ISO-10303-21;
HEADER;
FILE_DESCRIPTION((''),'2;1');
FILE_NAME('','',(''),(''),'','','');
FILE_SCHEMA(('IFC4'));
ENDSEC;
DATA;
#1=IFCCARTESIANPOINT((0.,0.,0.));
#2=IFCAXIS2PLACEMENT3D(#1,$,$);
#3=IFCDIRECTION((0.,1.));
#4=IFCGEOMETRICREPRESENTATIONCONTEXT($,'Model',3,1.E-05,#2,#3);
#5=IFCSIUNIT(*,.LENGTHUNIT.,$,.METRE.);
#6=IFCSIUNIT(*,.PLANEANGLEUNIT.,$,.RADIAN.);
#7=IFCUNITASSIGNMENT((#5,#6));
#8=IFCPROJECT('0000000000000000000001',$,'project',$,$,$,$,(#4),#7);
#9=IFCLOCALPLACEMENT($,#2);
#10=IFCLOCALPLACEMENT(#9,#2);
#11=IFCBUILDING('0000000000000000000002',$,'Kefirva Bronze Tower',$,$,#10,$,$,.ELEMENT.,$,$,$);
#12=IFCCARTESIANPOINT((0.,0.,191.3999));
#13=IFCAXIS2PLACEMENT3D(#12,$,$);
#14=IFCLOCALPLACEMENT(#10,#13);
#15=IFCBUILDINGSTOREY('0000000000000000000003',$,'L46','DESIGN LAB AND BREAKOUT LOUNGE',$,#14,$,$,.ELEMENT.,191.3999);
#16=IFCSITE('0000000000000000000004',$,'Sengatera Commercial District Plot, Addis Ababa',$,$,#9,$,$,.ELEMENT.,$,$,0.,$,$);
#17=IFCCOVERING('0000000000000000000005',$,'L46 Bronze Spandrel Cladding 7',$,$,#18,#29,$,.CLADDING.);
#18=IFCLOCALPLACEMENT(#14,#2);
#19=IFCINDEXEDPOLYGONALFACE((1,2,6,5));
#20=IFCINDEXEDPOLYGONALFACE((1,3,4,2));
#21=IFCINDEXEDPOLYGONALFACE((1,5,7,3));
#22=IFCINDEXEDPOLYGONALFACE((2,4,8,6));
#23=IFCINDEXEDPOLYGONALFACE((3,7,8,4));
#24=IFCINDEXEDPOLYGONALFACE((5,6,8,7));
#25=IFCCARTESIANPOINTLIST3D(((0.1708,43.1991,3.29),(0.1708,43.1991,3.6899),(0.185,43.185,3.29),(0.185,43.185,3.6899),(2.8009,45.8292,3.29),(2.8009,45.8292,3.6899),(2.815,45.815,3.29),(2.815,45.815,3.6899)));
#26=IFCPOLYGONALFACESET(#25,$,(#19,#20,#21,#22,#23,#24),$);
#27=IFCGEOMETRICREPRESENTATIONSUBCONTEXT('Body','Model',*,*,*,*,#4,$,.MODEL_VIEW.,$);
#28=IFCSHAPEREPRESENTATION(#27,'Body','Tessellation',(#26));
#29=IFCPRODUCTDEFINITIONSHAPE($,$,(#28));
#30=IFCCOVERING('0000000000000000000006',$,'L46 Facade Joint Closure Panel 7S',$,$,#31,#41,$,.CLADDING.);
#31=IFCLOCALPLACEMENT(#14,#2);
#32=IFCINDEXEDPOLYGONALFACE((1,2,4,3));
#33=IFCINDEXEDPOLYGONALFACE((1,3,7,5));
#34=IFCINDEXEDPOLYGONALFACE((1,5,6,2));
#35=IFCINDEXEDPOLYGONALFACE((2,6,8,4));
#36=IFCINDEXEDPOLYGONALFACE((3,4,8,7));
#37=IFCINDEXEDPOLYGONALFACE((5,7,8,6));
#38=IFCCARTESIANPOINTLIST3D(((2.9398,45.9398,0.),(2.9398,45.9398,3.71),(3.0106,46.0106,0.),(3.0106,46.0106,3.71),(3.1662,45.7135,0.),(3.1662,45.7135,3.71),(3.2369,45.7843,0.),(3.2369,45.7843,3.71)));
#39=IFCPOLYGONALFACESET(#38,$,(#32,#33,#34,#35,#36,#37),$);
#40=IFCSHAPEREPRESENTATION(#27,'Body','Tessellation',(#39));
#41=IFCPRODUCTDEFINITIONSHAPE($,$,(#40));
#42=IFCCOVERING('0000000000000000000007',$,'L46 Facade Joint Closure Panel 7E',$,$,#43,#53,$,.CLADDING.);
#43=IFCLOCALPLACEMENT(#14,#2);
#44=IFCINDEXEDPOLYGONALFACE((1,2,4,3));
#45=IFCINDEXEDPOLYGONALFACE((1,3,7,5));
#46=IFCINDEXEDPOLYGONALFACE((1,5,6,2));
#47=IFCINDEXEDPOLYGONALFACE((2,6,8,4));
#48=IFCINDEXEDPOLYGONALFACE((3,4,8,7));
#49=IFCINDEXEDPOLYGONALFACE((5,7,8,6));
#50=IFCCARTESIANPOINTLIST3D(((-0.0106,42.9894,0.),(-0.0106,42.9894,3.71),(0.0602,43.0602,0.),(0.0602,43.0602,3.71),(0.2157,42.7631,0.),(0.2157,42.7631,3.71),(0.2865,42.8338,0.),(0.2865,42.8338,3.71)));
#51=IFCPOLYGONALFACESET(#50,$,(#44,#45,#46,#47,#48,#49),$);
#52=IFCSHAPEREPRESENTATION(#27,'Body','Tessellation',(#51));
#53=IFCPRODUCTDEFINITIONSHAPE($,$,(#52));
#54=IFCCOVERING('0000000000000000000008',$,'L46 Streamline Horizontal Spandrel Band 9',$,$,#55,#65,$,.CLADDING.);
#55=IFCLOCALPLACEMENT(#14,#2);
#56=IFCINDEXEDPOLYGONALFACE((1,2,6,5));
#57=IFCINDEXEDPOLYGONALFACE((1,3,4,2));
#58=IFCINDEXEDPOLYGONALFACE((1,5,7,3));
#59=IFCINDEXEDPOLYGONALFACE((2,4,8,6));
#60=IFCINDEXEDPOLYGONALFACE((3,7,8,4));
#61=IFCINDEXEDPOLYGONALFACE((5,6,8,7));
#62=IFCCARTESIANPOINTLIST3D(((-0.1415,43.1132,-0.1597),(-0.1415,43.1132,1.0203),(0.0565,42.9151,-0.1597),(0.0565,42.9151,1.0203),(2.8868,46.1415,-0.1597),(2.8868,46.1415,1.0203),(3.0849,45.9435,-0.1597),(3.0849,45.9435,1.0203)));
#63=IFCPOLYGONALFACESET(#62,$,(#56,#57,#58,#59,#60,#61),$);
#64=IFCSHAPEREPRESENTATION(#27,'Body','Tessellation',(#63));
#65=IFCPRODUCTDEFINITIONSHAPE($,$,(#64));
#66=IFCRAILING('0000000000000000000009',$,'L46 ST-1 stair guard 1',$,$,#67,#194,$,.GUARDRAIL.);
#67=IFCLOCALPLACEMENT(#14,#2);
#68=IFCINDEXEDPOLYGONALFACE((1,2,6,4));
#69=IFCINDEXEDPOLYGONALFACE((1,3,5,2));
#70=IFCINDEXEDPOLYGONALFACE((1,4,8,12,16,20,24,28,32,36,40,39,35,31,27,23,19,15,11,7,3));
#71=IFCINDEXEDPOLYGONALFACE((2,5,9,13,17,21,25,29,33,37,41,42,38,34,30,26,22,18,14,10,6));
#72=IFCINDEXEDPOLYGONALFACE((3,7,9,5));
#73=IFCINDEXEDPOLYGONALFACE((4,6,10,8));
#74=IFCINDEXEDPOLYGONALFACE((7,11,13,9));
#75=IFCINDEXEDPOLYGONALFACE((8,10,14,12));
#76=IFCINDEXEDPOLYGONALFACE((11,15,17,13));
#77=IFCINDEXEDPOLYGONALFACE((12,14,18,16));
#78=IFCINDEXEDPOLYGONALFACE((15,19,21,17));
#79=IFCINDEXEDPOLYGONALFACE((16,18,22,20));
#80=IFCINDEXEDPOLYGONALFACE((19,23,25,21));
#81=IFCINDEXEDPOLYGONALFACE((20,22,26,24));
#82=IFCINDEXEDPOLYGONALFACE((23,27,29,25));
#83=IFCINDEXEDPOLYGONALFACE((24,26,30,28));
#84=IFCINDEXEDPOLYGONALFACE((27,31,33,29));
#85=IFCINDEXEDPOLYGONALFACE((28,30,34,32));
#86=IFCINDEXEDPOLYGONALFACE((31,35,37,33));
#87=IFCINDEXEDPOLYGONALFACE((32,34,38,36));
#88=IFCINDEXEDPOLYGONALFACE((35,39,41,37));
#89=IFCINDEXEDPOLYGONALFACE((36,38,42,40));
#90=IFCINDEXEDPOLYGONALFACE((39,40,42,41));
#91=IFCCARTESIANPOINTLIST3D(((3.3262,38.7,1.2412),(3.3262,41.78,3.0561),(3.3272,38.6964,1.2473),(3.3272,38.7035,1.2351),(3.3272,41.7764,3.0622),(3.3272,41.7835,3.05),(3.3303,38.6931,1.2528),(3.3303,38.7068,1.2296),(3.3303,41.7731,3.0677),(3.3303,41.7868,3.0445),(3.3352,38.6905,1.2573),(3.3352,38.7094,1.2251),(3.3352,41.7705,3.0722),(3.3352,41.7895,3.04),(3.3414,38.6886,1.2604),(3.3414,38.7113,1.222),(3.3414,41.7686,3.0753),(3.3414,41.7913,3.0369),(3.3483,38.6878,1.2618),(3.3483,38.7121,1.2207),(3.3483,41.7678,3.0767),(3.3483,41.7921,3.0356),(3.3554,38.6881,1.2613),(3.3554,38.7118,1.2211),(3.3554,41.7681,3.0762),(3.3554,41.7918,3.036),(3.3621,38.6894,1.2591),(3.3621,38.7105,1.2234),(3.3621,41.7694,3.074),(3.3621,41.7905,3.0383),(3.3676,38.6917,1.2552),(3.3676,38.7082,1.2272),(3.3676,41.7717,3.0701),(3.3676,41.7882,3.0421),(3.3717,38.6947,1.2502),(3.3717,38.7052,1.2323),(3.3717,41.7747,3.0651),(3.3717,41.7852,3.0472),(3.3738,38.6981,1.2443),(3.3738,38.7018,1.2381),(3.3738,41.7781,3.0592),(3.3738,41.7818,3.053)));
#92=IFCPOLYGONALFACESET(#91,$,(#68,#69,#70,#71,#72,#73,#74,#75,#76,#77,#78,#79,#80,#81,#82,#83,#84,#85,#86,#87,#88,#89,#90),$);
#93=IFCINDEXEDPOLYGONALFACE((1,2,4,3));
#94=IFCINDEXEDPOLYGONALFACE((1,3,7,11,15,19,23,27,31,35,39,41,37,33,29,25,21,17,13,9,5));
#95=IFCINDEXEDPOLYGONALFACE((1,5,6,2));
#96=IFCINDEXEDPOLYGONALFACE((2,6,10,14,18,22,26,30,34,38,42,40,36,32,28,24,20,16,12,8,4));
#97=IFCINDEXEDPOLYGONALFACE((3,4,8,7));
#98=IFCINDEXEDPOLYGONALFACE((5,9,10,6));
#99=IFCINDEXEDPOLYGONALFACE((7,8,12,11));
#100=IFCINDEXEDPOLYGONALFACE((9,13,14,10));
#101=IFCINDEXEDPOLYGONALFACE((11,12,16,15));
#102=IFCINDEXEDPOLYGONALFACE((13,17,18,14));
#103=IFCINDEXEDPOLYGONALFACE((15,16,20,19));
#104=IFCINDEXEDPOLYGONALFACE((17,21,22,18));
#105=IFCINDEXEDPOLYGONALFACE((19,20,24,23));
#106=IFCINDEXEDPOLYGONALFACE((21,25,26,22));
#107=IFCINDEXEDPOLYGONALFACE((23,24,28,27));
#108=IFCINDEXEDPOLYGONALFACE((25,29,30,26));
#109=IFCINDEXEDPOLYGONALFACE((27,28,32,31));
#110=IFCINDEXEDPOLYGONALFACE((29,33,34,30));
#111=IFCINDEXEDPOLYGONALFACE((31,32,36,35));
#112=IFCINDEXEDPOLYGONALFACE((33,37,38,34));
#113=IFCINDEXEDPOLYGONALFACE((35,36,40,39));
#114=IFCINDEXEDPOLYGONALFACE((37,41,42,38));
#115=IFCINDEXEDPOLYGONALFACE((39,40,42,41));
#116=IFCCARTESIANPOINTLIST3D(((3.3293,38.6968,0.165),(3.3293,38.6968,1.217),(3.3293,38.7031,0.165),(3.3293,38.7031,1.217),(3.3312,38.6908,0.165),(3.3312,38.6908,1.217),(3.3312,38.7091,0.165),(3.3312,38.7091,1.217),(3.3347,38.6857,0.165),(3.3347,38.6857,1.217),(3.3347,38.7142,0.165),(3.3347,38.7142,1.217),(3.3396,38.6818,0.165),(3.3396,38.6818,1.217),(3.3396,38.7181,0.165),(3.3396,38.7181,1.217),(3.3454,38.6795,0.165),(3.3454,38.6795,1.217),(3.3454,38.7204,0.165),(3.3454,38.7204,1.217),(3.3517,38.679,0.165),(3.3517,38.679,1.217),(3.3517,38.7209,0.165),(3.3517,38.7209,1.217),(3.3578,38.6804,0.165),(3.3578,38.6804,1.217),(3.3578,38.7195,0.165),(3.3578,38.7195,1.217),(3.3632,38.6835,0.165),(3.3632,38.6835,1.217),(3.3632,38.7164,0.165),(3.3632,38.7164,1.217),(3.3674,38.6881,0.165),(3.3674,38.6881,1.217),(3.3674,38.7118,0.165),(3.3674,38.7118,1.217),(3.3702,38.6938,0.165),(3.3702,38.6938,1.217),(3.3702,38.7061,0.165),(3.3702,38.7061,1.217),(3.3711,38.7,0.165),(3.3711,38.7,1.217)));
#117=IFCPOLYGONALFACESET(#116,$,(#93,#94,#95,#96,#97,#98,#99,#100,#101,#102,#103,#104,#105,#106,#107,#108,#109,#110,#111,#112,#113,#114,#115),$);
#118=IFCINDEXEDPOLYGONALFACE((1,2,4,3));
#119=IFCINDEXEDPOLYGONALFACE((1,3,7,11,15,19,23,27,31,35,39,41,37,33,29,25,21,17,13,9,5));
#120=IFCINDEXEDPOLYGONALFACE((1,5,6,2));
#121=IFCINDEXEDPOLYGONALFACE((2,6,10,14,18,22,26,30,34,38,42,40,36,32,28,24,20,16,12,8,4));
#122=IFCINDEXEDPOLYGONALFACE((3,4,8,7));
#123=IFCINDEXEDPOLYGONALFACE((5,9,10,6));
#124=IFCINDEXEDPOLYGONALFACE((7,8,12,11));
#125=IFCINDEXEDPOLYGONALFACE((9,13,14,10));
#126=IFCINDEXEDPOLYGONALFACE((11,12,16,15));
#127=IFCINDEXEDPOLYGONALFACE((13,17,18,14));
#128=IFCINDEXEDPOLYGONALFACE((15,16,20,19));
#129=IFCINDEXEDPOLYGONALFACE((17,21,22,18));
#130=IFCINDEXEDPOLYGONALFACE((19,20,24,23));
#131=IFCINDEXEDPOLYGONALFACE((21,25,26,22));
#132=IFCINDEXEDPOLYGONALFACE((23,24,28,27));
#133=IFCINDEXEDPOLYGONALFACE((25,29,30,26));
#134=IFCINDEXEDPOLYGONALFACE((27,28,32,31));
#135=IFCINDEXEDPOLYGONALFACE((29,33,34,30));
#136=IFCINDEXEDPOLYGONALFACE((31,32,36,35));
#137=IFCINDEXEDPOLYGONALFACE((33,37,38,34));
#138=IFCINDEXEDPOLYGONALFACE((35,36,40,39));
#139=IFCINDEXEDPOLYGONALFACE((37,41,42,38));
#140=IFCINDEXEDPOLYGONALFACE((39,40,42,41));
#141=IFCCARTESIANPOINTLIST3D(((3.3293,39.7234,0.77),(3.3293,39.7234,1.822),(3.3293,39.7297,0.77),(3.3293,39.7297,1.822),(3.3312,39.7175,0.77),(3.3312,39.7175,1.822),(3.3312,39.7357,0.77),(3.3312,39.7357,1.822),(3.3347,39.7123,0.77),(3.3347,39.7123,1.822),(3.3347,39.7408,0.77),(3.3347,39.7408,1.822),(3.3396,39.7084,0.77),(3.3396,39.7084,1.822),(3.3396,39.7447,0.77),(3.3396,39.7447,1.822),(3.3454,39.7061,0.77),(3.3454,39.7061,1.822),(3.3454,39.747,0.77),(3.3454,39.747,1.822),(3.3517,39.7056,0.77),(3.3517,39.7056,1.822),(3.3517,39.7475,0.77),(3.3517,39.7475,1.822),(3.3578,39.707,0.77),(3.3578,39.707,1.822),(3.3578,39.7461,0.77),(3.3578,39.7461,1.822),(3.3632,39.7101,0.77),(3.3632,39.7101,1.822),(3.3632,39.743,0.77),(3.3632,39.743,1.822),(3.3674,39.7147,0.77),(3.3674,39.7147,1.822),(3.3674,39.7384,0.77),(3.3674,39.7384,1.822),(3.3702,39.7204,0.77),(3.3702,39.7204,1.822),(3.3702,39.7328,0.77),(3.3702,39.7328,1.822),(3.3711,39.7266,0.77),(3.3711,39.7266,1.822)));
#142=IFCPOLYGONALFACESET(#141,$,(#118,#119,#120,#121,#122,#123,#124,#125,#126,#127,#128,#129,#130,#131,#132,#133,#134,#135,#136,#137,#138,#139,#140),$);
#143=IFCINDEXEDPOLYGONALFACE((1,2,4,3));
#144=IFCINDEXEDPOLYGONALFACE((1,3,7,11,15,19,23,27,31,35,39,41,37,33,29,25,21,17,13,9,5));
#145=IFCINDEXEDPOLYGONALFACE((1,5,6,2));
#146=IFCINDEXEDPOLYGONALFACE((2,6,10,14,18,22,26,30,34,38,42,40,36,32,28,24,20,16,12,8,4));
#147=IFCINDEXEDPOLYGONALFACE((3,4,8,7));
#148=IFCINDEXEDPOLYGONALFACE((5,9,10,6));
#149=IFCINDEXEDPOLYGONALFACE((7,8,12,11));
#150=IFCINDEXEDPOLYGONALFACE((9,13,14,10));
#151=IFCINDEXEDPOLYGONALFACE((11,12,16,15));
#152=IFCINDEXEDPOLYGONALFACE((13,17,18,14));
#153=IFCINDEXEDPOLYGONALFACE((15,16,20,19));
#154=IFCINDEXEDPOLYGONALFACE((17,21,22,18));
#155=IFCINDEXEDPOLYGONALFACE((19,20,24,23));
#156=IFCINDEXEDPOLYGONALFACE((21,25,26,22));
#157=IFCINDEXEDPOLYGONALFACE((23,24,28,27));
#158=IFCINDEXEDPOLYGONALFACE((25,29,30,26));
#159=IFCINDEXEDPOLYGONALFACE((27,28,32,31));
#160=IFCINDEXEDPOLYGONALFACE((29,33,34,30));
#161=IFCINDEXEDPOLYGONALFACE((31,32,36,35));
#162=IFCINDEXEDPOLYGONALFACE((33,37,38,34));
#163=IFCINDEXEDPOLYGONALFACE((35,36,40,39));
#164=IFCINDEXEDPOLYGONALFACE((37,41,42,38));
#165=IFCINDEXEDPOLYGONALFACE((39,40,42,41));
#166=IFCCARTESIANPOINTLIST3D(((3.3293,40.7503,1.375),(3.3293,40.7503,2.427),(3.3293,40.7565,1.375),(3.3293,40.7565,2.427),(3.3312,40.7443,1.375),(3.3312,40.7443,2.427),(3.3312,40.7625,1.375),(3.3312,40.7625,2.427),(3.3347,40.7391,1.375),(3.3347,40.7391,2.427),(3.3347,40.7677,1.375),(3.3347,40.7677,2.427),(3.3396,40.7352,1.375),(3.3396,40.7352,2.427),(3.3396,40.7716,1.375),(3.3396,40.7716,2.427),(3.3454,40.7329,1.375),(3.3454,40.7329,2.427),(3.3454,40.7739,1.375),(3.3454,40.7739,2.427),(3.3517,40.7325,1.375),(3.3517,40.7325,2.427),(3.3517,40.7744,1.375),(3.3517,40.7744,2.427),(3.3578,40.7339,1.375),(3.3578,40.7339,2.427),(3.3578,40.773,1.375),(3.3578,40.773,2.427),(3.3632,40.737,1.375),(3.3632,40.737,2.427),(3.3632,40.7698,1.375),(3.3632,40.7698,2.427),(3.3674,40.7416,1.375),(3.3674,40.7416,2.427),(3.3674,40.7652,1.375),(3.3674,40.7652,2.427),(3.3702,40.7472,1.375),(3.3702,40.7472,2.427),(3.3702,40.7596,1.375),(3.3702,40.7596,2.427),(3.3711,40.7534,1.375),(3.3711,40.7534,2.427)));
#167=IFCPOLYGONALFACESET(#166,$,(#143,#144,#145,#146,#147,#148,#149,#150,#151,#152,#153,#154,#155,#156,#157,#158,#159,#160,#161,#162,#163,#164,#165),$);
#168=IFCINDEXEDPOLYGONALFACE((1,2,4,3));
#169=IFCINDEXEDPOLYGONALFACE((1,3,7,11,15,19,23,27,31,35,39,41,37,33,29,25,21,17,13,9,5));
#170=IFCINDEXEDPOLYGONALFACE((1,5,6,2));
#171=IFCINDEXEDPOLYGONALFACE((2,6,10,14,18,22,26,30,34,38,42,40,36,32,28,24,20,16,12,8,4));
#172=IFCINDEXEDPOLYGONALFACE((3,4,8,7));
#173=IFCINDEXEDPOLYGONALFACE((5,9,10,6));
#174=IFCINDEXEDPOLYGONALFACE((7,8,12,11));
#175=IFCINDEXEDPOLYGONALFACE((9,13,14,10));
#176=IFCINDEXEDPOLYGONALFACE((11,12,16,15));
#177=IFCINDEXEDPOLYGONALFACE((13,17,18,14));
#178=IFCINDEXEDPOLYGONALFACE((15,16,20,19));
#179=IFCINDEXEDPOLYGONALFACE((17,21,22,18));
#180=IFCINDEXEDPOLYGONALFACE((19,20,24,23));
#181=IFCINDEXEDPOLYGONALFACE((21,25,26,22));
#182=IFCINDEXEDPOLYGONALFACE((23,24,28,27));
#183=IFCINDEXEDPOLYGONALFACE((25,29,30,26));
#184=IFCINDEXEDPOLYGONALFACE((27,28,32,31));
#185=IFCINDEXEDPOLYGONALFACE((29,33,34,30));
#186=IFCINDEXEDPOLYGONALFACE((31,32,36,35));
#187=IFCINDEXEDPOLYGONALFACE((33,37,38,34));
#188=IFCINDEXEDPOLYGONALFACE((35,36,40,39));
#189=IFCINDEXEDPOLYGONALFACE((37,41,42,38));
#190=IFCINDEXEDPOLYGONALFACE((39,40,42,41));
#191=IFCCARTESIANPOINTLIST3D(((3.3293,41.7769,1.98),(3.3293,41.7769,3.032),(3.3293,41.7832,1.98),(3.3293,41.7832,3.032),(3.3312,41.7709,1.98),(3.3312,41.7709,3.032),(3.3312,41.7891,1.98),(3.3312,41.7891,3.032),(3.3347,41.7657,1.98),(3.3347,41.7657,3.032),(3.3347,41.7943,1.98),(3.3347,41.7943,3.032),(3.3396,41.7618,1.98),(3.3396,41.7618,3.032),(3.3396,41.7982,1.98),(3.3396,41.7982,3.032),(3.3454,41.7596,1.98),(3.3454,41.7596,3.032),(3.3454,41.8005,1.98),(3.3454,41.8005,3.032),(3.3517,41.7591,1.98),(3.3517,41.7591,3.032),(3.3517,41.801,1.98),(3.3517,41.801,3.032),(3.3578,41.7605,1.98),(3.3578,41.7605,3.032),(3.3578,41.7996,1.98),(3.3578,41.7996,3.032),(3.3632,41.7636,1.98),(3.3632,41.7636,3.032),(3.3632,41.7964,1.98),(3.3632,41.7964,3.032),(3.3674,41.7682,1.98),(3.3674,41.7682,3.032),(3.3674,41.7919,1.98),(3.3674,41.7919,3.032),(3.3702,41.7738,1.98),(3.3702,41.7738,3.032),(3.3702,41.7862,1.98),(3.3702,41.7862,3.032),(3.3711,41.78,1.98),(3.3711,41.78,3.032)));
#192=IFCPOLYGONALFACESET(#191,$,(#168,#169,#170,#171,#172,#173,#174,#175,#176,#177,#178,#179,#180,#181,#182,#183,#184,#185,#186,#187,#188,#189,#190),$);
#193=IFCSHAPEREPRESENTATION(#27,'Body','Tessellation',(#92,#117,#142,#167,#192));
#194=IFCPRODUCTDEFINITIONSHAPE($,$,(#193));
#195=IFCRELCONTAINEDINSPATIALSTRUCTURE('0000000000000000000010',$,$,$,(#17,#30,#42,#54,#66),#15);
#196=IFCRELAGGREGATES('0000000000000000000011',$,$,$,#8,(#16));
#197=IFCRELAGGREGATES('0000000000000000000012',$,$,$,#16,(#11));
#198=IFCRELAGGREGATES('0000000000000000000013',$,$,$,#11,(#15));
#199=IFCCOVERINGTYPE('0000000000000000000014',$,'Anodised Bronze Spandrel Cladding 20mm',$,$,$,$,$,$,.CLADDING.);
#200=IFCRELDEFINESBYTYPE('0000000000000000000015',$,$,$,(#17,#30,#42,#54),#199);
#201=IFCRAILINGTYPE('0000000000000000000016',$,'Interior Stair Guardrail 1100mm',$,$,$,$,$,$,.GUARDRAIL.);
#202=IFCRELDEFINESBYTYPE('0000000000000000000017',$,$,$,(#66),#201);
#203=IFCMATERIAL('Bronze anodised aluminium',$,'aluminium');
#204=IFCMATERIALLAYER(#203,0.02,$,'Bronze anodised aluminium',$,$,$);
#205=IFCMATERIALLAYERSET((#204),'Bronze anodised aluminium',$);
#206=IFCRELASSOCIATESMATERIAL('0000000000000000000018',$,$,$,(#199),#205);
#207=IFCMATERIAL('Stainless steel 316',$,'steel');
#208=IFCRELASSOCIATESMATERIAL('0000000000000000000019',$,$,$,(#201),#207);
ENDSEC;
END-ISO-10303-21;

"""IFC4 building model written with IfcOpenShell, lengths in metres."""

from ifc_helpers import new_model, si_unit, direction, frame, origin, origin_2d, place, context, subcontext, project, spatial, rectangle, circle, extrude, material, layer, layer_set, type_object, element, save


model = new_model("IFC4")

# Units and contexts
model_context = context("Model", 3, precision=1e-05, world=origin(), true_north=direction((0.0, 1.0)))
body_context = subcontext(model_context, "Body", "Model", "MODEL_VIEW")
ifc_project = project(units=[si_unit("LENGTHUNIT", "METRE"), si_unit("PLANEANGLEUNIT", "RADIAN")], contexts=[model_context])

# Site, building, storey
site_placement = place(None, origin())
site = spatial("IfcSite", under=ifc_project, at=site_placement, Name="Sengatera Commercial District Plot, Addis Ababa", CompositionType="ELEMENT", RefElevation=0.0)
building_placement = place(site_placement, origin())
building = spatial("IfcBuilding", under=site, at=building_placement, Name="Kefirva Bronze Tower", CompositionType="ELEMENT")
storey_placement = place(building_placement, frame((0.0, 0.0, 191.3999)))
storey = spatial("IfcBuildingStorey", under=building, at=storey_placement, Name="L46", Description="DESIGN LAB AND BREAKOUT LOUNGE", CompositionType="ELEMENT", Elevation=191.3999)

# Shared definitions
ifc_material_1 = material(Name="Bronze anodised aluminium", Category="aluminium")

# Coverings
ifc_layer_1 = layer(ifc_material_1, 0.02, Name="Bronze anodised aluminium")
ifc_layer_set_1 = layer_set([ifc_layer_1], Name="Bronze anodised aluminium")
covering_type_1 = type_object("IfcCoveringType", Name="Anodised Bronze Spandrel Cladding 20mm", PredefinedType="CLADDING", material=ifc_layer_set_1)
covering_1_placement = place(storey_placement, frame((1.4929, 44.5071, 3.29), z_axis=(0.0, 0.0, 1.0), x_axis=(-0.707107, -0.707107, 0.0)))
element("IfcCovering", 1, at=covering_1_placement, inside=storey, type_object=covering_type_1, Name="L46 Bronze Spandrel Cladding 7", PredefinedType="CLADDING", context=body_context, shape_type="SweptSolid", body=[
    extrude(rectangle(XDim=3.7195, YDim=0.02, at=origin_2d()), origin(), (0.0, 0.0, 1.0), 0.3999),
])
for number, where, z_axis, x_axis, name in (
    (2, (3.0884, 45.8621, 0.0), (0.0, 0.0, 1.0), (-0.707107, -0.707107, 0.0), "L46 Facade Joint Closure Panel 7S"),
    (3, (0.1379, 42.9116, 0.0), (0.0, 0.0, 1.0), (-0.707107, -0.707107, 0.0), "L46 Facade Joint Closure Panel 7E"),
):
    element("IfcCovering", number, at=place(storey_placement, frame(where, z_axis=z_axis, x_axis=x_axis)), inside=storey, type_object=covering_type_1, Name=name, PredefinedType="CLADDING", context=body_context, shape_type="SweptSolid", body=[
        extrude(rectangle(XDim=0.1001, YDim=0.3201, at=origin_2d()), origin(), (0.0, 0.0, 1.0), 3.71),
    ])
covering_2_placement = place(storey_placement, frame((1.4717, 44.5283, -0.1597), z_axis=(0.0, 0.0, 1.0), x_axis=(-0.707107, -0.707107, 0.0)))
element("IfcCovering", 4, at=covering_2_placement, inside=storey, type_object=covering_type_1, Name="L46 Streamline Horizontal Spandrel Band 9", PredefinedType="CLADDING", context=body_context, shape_type="SweptSolid", body=[
    extrude(rectangle(XDim=4.2827, YDim=0.28, at=origin_2d()), origin(), (0.0, 0.0, 1.0), 1.1799),
])

# Railing
ifc_material_2 = material(Name="Stainless steel 316", Category="steel")
railing_type_1 = type_object("IfcRailingType", Name="Interior Stair Guardrail 1100mm", PredefinedType="GUARDRAIL", material=ifc_material_2)
railing_1_placement = place(storey_placement, frame((3.3501, 38.7, 0.165)))
element("IfcRailing", 5, at=railing_1_placement, inside=storey, type_object=railing_type_1, Name="L46 ST-1 stair guard 1", PredefinedType="GUARDRAIL", context=body_context, shape_type="SweptSolid", body=[
    extrude(circle(Radius=0.0239, at=origin_2d()), frame((0.0, 0.0, 1.0762), z_axis=(0.0, 0.861551, 0.507671), x_axis=(-1.0, 0.0, 0.0)), (0.0, 0.0, 1.0), 3.575),
    extrude(circle(Radius=0.021, at=origin_2d()), origin(), (0.0, 0.0, 1.0), 1.052),
    extrude(circle(Radius=0.021, at=origin_2d()), frame((0.0, 1.0266, 0.605)), (0.0, 0.0, 1.0), 1.052),
    extrude(circle(Radius=0.021, at=origin_2d()), frame((0.0, 2.0535, 1.21)), (0.0, 0.0, 1.0), 1.052),
    extrude(circle(Radius=0.021, at=origin_2d()), frame((0.0, 3.0801, 1.8149)), (0.0, 0.0, 1.0), 1.052),
])

save(model, "model.ifc")
